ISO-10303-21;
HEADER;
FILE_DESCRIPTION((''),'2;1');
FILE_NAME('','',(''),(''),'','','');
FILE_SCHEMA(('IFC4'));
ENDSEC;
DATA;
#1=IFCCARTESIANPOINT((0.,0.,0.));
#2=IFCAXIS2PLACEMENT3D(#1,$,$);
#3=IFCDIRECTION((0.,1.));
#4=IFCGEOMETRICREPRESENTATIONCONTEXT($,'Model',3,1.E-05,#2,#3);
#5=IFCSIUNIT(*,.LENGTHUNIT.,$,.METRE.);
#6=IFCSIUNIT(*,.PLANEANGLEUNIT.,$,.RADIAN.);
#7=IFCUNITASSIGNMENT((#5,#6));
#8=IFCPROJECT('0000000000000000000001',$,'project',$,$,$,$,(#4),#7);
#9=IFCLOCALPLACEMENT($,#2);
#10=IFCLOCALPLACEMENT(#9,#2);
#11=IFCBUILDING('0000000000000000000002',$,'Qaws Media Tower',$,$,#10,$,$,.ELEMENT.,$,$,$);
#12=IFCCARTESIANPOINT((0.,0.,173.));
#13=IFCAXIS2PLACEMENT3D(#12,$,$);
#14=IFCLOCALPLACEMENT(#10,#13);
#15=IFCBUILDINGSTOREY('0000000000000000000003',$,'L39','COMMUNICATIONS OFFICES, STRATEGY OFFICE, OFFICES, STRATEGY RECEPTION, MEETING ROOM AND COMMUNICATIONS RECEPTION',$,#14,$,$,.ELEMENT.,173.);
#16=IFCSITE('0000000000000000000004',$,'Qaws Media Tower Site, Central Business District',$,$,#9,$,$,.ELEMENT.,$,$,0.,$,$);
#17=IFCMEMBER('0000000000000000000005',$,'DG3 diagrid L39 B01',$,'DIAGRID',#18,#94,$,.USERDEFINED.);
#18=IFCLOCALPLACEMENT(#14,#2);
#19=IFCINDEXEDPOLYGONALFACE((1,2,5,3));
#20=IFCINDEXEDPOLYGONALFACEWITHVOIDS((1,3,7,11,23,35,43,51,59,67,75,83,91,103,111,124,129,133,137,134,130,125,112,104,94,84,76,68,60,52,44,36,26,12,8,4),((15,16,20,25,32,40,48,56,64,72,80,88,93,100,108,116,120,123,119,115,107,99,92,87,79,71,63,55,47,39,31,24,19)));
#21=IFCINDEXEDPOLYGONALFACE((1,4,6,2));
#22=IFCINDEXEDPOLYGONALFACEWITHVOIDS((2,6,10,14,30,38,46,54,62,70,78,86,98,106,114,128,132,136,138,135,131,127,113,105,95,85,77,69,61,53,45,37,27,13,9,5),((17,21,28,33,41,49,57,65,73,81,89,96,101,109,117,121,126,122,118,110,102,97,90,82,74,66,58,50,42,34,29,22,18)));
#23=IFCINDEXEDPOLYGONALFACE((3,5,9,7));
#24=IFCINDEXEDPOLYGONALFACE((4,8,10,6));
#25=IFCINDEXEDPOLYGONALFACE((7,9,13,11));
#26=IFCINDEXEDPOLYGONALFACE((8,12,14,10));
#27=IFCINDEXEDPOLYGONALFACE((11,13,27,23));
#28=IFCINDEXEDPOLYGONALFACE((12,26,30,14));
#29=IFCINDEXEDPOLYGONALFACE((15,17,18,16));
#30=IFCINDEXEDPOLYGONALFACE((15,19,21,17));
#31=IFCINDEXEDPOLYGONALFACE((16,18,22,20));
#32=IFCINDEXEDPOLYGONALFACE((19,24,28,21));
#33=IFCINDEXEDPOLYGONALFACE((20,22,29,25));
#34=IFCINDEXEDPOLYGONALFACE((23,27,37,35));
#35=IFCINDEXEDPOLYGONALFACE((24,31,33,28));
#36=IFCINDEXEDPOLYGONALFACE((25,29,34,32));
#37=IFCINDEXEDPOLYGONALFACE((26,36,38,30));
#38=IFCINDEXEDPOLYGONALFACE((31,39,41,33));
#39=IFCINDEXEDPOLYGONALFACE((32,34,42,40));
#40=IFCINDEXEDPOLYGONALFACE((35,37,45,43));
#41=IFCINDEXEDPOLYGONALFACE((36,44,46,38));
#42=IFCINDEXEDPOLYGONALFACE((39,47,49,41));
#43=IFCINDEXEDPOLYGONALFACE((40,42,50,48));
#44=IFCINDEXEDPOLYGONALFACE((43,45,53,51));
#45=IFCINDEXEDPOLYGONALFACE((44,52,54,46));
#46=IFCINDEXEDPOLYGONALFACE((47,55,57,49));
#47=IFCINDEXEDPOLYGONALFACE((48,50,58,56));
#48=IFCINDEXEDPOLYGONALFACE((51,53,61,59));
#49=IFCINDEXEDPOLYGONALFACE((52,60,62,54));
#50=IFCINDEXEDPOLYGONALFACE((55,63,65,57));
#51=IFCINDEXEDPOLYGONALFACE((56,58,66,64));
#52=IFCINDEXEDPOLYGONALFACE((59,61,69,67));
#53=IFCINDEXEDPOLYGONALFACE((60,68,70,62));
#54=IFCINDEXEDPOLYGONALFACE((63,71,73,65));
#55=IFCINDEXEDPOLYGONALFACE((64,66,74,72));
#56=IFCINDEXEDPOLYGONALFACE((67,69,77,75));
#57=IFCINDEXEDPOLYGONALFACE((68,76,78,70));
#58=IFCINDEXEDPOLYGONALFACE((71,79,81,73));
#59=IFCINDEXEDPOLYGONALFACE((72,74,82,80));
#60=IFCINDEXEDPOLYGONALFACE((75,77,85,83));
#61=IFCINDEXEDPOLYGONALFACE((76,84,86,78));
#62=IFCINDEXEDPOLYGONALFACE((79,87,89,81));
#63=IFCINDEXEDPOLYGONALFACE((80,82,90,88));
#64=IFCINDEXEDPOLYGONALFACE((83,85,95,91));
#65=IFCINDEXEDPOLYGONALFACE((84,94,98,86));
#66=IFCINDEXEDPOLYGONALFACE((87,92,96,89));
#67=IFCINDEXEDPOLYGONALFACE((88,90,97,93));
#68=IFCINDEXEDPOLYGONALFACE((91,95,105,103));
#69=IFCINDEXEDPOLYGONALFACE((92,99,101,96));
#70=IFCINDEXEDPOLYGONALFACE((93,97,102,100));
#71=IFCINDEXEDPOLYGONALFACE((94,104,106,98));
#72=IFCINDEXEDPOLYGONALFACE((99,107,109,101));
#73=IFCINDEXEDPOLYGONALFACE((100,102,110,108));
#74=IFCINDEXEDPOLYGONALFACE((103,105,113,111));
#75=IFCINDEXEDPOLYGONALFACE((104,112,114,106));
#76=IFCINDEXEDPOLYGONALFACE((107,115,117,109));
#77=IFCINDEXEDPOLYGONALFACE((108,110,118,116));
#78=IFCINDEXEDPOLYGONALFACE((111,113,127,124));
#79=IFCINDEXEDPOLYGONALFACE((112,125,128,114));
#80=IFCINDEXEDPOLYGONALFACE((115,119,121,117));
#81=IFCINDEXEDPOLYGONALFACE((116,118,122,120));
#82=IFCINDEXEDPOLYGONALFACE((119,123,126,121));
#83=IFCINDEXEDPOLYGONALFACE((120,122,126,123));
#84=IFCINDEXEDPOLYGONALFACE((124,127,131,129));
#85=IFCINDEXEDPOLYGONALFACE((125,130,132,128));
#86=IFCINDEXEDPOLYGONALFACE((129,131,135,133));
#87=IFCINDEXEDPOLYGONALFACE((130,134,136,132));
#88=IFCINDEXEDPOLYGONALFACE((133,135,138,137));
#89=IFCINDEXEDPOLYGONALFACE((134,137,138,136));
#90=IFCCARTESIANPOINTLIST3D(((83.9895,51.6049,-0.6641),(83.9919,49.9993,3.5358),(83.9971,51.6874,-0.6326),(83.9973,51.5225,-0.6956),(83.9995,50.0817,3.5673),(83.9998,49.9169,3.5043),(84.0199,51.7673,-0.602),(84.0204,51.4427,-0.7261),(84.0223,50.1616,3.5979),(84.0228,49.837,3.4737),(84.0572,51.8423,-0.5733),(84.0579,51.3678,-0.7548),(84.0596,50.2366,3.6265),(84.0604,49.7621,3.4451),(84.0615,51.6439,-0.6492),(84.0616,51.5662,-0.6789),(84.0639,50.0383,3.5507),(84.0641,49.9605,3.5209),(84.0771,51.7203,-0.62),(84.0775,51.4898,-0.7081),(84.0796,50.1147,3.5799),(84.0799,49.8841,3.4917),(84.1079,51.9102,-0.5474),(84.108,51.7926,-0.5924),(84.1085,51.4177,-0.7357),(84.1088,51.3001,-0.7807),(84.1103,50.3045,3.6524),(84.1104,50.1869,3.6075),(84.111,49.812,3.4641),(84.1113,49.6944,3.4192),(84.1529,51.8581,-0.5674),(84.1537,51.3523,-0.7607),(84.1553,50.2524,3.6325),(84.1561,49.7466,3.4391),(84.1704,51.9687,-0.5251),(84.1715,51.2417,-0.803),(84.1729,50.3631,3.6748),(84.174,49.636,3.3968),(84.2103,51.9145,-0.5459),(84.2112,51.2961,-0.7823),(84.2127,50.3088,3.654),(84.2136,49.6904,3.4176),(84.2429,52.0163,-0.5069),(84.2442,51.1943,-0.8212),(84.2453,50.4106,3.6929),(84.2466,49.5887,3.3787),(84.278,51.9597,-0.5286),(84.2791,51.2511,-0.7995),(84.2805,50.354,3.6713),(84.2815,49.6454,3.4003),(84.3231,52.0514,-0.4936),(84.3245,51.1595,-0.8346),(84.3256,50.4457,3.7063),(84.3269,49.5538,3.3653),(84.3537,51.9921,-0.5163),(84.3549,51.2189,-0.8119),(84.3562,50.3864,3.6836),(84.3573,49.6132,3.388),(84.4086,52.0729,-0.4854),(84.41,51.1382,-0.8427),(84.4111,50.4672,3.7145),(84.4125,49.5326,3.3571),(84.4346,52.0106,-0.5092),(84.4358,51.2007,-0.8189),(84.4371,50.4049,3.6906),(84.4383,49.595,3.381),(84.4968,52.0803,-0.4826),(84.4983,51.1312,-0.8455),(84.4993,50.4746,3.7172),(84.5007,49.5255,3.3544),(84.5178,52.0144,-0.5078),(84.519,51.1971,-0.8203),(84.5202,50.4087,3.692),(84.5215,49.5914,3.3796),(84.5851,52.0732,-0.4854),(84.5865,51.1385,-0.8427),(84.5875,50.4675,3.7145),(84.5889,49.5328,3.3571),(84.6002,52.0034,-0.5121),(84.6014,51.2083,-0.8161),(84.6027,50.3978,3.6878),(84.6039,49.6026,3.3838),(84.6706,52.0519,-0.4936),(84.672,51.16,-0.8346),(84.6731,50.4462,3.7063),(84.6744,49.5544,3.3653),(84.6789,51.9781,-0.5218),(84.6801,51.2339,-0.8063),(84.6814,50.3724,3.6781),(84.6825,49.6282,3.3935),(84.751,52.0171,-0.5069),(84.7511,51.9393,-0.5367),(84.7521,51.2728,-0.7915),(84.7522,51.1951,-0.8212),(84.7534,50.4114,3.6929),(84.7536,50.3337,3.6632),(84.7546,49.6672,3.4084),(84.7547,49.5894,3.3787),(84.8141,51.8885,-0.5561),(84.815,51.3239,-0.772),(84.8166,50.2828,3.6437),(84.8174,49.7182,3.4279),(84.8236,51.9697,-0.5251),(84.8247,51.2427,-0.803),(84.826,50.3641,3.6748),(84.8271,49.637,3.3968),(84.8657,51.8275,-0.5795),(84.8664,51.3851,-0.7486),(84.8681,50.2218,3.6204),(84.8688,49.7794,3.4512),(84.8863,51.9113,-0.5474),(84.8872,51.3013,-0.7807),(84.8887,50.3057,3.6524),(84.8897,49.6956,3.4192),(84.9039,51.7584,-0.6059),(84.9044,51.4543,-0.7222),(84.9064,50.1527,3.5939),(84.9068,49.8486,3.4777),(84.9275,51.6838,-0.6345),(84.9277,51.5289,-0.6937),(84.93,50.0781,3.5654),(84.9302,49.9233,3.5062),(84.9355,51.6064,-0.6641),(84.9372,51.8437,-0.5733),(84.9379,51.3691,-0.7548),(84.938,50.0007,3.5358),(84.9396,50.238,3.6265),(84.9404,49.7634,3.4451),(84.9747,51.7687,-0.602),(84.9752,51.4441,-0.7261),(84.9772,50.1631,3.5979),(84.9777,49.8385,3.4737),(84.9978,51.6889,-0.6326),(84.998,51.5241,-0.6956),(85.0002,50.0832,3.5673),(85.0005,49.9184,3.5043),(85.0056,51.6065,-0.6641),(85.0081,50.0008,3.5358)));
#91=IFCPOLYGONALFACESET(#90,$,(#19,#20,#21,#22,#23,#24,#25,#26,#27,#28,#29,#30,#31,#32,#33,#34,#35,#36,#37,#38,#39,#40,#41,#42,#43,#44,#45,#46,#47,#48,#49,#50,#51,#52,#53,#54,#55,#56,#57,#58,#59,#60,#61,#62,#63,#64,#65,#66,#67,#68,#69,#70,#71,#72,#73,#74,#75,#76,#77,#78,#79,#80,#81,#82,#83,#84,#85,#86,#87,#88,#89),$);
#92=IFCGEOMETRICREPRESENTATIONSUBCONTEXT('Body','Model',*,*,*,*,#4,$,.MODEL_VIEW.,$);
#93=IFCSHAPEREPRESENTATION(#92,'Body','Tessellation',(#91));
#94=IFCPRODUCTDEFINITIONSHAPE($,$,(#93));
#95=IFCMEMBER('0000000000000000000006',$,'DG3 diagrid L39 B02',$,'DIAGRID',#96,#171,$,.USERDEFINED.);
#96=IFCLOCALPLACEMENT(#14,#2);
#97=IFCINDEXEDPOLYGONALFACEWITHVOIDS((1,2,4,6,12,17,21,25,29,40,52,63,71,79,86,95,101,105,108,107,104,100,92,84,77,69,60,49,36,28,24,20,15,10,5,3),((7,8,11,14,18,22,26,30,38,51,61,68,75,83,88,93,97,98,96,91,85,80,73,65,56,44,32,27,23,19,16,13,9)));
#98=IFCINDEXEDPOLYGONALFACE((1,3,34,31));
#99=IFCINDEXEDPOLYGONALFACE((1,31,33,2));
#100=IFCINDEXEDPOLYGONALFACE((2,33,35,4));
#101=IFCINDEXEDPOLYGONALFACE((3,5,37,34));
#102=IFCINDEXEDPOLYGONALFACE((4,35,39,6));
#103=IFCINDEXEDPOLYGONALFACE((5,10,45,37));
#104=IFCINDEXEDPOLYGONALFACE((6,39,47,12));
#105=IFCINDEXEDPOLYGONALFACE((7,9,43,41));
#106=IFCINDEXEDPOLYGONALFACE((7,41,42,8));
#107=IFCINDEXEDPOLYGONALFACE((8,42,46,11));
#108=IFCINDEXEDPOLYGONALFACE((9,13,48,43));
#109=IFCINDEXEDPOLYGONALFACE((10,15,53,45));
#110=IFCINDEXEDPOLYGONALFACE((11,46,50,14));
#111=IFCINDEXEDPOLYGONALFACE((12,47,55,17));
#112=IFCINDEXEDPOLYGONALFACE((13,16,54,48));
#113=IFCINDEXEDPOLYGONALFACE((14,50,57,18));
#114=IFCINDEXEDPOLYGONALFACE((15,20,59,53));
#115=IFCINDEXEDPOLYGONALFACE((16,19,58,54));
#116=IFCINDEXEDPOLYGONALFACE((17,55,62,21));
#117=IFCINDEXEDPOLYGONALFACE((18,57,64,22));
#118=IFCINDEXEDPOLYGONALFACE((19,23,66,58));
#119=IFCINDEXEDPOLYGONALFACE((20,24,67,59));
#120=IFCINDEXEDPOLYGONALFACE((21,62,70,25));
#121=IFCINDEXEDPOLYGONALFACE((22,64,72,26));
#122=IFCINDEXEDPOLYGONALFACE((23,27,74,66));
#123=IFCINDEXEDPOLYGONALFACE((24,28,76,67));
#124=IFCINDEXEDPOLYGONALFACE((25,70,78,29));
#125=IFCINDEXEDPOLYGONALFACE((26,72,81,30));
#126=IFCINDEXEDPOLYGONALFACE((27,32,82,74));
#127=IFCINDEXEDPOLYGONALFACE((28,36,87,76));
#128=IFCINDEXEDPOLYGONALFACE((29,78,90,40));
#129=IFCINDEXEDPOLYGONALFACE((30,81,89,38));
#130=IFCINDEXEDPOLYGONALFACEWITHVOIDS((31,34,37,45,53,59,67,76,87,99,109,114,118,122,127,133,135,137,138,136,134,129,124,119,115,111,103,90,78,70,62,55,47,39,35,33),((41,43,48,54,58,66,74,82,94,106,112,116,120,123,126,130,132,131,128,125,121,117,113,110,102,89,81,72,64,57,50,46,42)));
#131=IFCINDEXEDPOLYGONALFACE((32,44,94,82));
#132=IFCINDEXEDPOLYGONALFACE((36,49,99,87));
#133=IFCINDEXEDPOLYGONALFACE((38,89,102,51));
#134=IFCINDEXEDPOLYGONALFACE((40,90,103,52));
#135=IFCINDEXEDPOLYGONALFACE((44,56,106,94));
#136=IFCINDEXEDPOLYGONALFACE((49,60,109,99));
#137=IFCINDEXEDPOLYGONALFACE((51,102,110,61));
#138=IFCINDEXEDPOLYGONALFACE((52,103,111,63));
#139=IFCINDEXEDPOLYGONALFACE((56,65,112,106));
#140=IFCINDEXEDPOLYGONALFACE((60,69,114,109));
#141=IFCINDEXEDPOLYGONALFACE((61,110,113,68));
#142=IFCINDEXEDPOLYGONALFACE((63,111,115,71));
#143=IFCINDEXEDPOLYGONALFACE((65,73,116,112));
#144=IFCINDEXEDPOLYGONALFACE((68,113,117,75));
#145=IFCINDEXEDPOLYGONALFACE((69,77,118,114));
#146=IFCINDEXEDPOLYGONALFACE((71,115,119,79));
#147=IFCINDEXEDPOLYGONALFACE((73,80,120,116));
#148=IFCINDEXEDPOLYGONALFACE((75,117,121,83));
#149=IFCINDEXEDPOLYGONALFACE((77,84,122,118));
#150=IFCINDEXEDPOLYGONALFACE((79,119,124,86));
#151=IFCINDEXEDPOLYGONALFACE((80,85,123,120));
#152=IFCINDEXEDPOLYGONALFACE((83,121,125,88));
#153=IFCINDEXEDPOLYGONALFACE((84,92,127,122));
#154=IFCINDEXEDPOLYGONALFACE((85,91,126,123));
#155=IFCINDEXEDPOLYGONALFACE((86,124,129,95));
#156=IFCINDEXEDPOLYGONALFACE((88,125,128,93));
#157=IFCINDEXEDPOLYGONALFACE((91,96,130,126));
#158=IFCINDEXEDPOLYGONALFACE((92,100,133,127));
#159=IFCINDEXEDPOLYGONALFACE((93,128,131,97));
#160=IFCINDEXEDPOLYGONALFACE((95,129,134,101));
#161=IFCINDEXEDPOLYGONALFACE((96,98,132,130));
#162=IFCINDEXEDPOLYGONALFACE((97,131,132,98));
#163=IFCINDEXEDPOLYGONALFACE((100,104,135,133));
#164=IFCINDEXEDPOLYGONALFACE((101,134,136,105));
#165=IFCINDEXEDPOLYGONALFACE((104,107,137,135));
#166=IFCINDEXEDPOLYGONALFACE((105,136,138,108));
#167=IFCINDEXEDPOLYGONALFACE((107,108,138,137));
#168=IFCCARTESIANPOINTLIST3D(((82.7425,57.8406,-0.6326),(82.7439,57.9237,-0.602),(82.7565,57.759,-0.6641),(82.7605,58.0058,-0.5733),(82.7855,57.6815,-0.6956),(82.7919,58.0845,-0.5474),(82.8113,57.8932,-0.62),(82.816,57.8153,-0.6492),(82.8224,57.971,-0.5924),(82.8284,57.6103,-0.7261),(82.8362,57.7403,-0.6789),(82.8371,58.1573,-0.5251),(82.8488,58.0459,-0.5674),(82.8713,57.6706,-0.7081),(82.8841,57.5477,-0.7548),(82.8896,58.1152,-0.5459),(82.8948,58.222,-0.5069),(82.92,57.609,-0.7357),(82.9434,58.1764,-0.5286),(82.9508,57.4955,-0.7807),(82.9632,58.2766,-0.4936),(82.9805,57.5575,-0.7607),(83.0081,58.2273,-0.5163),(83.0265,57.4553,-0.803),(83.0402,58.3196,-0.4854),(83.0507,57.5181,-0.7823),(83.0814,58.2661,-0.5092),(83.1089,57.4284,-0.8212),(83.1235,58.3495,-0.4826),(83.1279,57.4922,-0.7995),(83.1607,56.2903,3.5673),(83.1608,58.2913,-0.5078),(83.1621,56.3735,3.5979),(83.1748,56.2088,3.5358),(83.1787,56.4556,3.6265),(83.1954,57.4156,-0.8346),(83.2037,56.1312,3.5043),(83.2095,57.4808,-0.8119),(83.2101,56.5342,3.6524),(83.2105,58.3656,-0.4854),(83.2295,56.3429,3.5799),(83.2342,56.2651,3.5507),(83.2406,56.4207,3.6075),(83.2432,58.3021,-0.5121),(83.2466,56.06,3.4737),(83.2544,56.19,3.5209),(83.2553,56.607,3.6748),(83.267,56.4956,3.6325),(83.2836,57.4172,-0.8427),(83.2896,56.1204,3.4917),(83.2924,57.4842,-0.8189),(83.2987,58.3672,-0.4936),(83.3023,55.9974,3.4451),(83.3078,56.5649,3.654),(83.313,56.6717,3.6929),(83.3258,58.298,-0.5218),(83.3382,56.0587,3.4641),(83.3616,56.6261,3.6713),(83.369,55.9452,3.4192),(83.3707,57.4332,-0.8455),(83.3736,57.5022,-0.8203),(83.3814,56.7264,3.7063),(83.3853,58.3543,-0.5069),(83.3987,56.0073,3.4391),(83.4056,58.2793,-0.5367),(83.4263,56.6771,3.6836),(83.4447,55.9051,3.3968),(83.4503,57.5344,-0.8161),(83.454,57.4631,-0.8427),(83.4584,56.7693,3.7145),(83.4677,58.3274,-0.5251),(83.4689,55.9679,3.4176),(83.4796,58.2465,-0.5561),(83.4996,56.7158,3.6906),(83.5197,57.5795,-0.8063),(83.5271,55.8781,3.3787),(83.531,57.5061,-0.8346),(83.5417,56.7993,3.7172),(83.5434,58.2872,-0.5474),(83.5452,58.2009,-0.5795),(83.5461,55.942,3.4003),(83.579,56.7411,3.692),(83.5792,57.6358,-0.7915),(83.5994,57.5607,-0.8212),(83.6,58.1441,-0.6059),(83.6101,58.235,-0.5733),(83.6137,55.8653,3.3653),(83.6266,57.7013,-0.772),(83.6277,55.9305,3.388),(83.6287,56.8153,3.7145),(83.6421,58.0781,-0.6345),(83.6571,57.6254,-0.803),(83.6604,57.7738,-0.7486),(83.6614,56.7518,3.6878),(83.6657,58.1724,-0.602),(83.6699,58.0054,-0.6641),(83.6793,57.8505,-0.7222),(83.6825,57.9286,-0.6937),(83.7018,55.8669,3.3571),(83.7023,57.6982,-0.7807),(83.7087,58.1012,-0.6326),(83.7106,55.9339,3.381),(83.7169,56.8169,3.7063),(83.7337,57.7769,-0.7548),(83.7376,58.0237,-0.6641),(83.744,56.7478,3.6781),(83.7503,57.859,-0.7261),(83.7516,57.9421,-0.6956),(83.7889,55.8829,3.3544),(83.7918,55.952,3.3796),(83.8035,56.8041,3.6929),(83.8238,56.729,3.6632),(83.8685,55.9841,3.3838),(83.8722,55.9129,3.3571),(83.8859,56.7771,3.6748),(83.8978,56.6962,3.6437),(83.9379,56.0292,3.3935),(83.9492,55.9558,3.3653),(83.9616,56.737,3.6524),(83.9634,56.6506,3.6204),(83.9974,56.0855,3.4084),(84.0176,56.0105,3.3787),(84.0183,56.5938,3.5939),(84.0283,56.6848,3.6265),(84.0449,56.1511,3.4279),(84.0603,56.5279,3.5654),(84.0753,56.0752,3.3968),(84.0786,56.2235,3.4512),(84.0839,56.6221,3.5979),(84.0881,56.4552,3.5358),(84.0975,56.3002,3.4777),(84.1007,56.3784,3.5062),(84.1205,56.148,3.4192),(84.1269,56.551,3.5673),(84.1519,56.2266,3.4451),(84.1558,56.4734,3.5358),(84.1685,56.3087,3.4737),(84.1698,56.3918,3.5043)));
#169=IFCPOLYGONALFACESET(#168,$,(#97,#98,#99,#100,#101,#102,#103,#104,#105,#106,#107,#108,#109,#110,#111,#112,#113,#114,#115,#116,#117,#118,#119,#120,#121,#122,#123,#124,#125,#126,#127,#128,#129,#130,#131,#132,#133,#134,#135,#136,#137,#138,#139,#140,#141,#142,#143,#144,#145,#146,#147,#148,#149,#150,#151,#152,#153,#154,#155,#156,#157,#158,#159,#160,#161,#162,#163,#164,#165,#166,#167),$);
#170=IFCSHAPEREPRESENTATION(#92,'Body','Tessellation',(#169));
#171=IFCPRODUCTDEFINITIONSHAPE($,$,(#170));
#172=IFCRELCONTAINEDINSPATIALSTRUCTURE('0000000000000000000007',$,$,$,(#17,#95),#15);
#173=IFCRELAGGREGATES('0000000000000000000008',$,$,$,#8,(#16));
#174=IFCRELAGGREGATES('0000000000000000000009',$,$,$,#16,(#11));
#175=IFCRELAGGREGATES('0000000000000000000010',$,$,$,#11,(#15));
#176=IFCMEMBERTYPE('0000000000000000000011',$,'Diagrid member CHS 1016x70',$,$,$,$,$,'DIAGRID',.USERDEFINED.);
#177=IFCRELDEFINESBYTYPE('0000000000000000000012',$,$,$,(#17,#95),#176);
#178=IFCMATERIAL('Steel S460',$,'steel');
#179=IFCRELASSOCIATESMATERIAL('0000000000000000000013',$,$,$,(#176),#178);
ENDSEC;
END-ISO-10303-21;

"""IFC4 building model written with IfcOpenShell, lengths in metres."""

from ifc_helpers import new_model, si_unit, direction, frame, origin, origin_2d, place, context, subcontext, project, spatial, hollow_circle, extrude, material, material_profile, profile_set, type_object, element, save


model = new_model("IFC4")

# Units and contexts
model_context = context("Model", 3, precision=1e-05, world=origin(), true_north=direction((0.0, 1.0)))
body_context = subcontext(model_context, "Body", "Model", "MODEL_VIEW")
ifc_project = project(units=[si_unit("LENGTHUNIT", "METRE"), si_unit("PLANEANGLEUNIT", "RADIAN")], contexts=[model_context])

# Site, building, storey
site_placement = place(None, origin())
site = spatial("IfcSite", under=ifc_project, at=site_placement, Name="Qaws Media Tower Site, Central Business District", CompositionType="ELEMENT", RefElevation=0.0)
building_placement = place(site_placement, origin())
building = spatial("IfcBuilding", under=site, at=building_placement, Name="Qaws Media Tower", CompositionType="ELEMENT")
storey_placement = place(building_placement, frame((0.0, 0.0, 173.0)))
storey = spatial("IfcBuildingStorey", under=building, at=storey_placement, Name="L39", Description="COMMUNICATIONS OFFICES, STRATEGY OFFICE, OFFICES, STRATEGY RECEPTION, MEETING ROOM AND COMMUNICATIONS RECEPTION", CompositionType="ELEMENT", Elevation=173.0)

# Members
ifc_material_1 = material(Name="Steel S460", Category="steel")
ifc_material_profile_1 = material_profile(ifc_material_1, hollow_circle(Radius=0.5081, WallThickness=0.0701, at=origin_2d()), Name="CHS 1016x70")
ifc_profile_set_1 = profile_set([ifc_material_profile_1], Name="Steel S460")
member_type_1 = type_object("IfcMemberType", Name="Diagrid member CHS 1016x70", ElementType="DIAGRID", PredefinedType="USERDEFINED", material=ifc_profile_set_1)
for number, where, z_axis, x_axis, name in (
    (1, (84.4976, 51.6057, -0.6641), (0.000543, -0.357108, 0.934063), (0.999999, 0.00152, 0.0), "DG3 diagrid L39 B01"),
    (2, (83.2471, 57.8914, -0.6641), (0.09301, -0.344783, 0.934063), (0.965486, 0.260453, 0.0), "DG3 diagrid L39 B02"),
):
    element("IfcMember", number, at=place(storey_placement, frame(where, z_axis=z_axis, x_axis=x_axis)), inside=storey, type_object=member_type_1, Name=name, ObjectType="DIAGRID", PredefinedType="USERDEFINED", context=body_context, shape_type="SweptSolid", body=[
        extrude(hollow_circle(Radius=0.5081, WallThickness=0.0701, at=origin_2d()), origin(), (0.0, 0.0, 1.0), 4.4963),
    ])

save(model, "model.ifc")
